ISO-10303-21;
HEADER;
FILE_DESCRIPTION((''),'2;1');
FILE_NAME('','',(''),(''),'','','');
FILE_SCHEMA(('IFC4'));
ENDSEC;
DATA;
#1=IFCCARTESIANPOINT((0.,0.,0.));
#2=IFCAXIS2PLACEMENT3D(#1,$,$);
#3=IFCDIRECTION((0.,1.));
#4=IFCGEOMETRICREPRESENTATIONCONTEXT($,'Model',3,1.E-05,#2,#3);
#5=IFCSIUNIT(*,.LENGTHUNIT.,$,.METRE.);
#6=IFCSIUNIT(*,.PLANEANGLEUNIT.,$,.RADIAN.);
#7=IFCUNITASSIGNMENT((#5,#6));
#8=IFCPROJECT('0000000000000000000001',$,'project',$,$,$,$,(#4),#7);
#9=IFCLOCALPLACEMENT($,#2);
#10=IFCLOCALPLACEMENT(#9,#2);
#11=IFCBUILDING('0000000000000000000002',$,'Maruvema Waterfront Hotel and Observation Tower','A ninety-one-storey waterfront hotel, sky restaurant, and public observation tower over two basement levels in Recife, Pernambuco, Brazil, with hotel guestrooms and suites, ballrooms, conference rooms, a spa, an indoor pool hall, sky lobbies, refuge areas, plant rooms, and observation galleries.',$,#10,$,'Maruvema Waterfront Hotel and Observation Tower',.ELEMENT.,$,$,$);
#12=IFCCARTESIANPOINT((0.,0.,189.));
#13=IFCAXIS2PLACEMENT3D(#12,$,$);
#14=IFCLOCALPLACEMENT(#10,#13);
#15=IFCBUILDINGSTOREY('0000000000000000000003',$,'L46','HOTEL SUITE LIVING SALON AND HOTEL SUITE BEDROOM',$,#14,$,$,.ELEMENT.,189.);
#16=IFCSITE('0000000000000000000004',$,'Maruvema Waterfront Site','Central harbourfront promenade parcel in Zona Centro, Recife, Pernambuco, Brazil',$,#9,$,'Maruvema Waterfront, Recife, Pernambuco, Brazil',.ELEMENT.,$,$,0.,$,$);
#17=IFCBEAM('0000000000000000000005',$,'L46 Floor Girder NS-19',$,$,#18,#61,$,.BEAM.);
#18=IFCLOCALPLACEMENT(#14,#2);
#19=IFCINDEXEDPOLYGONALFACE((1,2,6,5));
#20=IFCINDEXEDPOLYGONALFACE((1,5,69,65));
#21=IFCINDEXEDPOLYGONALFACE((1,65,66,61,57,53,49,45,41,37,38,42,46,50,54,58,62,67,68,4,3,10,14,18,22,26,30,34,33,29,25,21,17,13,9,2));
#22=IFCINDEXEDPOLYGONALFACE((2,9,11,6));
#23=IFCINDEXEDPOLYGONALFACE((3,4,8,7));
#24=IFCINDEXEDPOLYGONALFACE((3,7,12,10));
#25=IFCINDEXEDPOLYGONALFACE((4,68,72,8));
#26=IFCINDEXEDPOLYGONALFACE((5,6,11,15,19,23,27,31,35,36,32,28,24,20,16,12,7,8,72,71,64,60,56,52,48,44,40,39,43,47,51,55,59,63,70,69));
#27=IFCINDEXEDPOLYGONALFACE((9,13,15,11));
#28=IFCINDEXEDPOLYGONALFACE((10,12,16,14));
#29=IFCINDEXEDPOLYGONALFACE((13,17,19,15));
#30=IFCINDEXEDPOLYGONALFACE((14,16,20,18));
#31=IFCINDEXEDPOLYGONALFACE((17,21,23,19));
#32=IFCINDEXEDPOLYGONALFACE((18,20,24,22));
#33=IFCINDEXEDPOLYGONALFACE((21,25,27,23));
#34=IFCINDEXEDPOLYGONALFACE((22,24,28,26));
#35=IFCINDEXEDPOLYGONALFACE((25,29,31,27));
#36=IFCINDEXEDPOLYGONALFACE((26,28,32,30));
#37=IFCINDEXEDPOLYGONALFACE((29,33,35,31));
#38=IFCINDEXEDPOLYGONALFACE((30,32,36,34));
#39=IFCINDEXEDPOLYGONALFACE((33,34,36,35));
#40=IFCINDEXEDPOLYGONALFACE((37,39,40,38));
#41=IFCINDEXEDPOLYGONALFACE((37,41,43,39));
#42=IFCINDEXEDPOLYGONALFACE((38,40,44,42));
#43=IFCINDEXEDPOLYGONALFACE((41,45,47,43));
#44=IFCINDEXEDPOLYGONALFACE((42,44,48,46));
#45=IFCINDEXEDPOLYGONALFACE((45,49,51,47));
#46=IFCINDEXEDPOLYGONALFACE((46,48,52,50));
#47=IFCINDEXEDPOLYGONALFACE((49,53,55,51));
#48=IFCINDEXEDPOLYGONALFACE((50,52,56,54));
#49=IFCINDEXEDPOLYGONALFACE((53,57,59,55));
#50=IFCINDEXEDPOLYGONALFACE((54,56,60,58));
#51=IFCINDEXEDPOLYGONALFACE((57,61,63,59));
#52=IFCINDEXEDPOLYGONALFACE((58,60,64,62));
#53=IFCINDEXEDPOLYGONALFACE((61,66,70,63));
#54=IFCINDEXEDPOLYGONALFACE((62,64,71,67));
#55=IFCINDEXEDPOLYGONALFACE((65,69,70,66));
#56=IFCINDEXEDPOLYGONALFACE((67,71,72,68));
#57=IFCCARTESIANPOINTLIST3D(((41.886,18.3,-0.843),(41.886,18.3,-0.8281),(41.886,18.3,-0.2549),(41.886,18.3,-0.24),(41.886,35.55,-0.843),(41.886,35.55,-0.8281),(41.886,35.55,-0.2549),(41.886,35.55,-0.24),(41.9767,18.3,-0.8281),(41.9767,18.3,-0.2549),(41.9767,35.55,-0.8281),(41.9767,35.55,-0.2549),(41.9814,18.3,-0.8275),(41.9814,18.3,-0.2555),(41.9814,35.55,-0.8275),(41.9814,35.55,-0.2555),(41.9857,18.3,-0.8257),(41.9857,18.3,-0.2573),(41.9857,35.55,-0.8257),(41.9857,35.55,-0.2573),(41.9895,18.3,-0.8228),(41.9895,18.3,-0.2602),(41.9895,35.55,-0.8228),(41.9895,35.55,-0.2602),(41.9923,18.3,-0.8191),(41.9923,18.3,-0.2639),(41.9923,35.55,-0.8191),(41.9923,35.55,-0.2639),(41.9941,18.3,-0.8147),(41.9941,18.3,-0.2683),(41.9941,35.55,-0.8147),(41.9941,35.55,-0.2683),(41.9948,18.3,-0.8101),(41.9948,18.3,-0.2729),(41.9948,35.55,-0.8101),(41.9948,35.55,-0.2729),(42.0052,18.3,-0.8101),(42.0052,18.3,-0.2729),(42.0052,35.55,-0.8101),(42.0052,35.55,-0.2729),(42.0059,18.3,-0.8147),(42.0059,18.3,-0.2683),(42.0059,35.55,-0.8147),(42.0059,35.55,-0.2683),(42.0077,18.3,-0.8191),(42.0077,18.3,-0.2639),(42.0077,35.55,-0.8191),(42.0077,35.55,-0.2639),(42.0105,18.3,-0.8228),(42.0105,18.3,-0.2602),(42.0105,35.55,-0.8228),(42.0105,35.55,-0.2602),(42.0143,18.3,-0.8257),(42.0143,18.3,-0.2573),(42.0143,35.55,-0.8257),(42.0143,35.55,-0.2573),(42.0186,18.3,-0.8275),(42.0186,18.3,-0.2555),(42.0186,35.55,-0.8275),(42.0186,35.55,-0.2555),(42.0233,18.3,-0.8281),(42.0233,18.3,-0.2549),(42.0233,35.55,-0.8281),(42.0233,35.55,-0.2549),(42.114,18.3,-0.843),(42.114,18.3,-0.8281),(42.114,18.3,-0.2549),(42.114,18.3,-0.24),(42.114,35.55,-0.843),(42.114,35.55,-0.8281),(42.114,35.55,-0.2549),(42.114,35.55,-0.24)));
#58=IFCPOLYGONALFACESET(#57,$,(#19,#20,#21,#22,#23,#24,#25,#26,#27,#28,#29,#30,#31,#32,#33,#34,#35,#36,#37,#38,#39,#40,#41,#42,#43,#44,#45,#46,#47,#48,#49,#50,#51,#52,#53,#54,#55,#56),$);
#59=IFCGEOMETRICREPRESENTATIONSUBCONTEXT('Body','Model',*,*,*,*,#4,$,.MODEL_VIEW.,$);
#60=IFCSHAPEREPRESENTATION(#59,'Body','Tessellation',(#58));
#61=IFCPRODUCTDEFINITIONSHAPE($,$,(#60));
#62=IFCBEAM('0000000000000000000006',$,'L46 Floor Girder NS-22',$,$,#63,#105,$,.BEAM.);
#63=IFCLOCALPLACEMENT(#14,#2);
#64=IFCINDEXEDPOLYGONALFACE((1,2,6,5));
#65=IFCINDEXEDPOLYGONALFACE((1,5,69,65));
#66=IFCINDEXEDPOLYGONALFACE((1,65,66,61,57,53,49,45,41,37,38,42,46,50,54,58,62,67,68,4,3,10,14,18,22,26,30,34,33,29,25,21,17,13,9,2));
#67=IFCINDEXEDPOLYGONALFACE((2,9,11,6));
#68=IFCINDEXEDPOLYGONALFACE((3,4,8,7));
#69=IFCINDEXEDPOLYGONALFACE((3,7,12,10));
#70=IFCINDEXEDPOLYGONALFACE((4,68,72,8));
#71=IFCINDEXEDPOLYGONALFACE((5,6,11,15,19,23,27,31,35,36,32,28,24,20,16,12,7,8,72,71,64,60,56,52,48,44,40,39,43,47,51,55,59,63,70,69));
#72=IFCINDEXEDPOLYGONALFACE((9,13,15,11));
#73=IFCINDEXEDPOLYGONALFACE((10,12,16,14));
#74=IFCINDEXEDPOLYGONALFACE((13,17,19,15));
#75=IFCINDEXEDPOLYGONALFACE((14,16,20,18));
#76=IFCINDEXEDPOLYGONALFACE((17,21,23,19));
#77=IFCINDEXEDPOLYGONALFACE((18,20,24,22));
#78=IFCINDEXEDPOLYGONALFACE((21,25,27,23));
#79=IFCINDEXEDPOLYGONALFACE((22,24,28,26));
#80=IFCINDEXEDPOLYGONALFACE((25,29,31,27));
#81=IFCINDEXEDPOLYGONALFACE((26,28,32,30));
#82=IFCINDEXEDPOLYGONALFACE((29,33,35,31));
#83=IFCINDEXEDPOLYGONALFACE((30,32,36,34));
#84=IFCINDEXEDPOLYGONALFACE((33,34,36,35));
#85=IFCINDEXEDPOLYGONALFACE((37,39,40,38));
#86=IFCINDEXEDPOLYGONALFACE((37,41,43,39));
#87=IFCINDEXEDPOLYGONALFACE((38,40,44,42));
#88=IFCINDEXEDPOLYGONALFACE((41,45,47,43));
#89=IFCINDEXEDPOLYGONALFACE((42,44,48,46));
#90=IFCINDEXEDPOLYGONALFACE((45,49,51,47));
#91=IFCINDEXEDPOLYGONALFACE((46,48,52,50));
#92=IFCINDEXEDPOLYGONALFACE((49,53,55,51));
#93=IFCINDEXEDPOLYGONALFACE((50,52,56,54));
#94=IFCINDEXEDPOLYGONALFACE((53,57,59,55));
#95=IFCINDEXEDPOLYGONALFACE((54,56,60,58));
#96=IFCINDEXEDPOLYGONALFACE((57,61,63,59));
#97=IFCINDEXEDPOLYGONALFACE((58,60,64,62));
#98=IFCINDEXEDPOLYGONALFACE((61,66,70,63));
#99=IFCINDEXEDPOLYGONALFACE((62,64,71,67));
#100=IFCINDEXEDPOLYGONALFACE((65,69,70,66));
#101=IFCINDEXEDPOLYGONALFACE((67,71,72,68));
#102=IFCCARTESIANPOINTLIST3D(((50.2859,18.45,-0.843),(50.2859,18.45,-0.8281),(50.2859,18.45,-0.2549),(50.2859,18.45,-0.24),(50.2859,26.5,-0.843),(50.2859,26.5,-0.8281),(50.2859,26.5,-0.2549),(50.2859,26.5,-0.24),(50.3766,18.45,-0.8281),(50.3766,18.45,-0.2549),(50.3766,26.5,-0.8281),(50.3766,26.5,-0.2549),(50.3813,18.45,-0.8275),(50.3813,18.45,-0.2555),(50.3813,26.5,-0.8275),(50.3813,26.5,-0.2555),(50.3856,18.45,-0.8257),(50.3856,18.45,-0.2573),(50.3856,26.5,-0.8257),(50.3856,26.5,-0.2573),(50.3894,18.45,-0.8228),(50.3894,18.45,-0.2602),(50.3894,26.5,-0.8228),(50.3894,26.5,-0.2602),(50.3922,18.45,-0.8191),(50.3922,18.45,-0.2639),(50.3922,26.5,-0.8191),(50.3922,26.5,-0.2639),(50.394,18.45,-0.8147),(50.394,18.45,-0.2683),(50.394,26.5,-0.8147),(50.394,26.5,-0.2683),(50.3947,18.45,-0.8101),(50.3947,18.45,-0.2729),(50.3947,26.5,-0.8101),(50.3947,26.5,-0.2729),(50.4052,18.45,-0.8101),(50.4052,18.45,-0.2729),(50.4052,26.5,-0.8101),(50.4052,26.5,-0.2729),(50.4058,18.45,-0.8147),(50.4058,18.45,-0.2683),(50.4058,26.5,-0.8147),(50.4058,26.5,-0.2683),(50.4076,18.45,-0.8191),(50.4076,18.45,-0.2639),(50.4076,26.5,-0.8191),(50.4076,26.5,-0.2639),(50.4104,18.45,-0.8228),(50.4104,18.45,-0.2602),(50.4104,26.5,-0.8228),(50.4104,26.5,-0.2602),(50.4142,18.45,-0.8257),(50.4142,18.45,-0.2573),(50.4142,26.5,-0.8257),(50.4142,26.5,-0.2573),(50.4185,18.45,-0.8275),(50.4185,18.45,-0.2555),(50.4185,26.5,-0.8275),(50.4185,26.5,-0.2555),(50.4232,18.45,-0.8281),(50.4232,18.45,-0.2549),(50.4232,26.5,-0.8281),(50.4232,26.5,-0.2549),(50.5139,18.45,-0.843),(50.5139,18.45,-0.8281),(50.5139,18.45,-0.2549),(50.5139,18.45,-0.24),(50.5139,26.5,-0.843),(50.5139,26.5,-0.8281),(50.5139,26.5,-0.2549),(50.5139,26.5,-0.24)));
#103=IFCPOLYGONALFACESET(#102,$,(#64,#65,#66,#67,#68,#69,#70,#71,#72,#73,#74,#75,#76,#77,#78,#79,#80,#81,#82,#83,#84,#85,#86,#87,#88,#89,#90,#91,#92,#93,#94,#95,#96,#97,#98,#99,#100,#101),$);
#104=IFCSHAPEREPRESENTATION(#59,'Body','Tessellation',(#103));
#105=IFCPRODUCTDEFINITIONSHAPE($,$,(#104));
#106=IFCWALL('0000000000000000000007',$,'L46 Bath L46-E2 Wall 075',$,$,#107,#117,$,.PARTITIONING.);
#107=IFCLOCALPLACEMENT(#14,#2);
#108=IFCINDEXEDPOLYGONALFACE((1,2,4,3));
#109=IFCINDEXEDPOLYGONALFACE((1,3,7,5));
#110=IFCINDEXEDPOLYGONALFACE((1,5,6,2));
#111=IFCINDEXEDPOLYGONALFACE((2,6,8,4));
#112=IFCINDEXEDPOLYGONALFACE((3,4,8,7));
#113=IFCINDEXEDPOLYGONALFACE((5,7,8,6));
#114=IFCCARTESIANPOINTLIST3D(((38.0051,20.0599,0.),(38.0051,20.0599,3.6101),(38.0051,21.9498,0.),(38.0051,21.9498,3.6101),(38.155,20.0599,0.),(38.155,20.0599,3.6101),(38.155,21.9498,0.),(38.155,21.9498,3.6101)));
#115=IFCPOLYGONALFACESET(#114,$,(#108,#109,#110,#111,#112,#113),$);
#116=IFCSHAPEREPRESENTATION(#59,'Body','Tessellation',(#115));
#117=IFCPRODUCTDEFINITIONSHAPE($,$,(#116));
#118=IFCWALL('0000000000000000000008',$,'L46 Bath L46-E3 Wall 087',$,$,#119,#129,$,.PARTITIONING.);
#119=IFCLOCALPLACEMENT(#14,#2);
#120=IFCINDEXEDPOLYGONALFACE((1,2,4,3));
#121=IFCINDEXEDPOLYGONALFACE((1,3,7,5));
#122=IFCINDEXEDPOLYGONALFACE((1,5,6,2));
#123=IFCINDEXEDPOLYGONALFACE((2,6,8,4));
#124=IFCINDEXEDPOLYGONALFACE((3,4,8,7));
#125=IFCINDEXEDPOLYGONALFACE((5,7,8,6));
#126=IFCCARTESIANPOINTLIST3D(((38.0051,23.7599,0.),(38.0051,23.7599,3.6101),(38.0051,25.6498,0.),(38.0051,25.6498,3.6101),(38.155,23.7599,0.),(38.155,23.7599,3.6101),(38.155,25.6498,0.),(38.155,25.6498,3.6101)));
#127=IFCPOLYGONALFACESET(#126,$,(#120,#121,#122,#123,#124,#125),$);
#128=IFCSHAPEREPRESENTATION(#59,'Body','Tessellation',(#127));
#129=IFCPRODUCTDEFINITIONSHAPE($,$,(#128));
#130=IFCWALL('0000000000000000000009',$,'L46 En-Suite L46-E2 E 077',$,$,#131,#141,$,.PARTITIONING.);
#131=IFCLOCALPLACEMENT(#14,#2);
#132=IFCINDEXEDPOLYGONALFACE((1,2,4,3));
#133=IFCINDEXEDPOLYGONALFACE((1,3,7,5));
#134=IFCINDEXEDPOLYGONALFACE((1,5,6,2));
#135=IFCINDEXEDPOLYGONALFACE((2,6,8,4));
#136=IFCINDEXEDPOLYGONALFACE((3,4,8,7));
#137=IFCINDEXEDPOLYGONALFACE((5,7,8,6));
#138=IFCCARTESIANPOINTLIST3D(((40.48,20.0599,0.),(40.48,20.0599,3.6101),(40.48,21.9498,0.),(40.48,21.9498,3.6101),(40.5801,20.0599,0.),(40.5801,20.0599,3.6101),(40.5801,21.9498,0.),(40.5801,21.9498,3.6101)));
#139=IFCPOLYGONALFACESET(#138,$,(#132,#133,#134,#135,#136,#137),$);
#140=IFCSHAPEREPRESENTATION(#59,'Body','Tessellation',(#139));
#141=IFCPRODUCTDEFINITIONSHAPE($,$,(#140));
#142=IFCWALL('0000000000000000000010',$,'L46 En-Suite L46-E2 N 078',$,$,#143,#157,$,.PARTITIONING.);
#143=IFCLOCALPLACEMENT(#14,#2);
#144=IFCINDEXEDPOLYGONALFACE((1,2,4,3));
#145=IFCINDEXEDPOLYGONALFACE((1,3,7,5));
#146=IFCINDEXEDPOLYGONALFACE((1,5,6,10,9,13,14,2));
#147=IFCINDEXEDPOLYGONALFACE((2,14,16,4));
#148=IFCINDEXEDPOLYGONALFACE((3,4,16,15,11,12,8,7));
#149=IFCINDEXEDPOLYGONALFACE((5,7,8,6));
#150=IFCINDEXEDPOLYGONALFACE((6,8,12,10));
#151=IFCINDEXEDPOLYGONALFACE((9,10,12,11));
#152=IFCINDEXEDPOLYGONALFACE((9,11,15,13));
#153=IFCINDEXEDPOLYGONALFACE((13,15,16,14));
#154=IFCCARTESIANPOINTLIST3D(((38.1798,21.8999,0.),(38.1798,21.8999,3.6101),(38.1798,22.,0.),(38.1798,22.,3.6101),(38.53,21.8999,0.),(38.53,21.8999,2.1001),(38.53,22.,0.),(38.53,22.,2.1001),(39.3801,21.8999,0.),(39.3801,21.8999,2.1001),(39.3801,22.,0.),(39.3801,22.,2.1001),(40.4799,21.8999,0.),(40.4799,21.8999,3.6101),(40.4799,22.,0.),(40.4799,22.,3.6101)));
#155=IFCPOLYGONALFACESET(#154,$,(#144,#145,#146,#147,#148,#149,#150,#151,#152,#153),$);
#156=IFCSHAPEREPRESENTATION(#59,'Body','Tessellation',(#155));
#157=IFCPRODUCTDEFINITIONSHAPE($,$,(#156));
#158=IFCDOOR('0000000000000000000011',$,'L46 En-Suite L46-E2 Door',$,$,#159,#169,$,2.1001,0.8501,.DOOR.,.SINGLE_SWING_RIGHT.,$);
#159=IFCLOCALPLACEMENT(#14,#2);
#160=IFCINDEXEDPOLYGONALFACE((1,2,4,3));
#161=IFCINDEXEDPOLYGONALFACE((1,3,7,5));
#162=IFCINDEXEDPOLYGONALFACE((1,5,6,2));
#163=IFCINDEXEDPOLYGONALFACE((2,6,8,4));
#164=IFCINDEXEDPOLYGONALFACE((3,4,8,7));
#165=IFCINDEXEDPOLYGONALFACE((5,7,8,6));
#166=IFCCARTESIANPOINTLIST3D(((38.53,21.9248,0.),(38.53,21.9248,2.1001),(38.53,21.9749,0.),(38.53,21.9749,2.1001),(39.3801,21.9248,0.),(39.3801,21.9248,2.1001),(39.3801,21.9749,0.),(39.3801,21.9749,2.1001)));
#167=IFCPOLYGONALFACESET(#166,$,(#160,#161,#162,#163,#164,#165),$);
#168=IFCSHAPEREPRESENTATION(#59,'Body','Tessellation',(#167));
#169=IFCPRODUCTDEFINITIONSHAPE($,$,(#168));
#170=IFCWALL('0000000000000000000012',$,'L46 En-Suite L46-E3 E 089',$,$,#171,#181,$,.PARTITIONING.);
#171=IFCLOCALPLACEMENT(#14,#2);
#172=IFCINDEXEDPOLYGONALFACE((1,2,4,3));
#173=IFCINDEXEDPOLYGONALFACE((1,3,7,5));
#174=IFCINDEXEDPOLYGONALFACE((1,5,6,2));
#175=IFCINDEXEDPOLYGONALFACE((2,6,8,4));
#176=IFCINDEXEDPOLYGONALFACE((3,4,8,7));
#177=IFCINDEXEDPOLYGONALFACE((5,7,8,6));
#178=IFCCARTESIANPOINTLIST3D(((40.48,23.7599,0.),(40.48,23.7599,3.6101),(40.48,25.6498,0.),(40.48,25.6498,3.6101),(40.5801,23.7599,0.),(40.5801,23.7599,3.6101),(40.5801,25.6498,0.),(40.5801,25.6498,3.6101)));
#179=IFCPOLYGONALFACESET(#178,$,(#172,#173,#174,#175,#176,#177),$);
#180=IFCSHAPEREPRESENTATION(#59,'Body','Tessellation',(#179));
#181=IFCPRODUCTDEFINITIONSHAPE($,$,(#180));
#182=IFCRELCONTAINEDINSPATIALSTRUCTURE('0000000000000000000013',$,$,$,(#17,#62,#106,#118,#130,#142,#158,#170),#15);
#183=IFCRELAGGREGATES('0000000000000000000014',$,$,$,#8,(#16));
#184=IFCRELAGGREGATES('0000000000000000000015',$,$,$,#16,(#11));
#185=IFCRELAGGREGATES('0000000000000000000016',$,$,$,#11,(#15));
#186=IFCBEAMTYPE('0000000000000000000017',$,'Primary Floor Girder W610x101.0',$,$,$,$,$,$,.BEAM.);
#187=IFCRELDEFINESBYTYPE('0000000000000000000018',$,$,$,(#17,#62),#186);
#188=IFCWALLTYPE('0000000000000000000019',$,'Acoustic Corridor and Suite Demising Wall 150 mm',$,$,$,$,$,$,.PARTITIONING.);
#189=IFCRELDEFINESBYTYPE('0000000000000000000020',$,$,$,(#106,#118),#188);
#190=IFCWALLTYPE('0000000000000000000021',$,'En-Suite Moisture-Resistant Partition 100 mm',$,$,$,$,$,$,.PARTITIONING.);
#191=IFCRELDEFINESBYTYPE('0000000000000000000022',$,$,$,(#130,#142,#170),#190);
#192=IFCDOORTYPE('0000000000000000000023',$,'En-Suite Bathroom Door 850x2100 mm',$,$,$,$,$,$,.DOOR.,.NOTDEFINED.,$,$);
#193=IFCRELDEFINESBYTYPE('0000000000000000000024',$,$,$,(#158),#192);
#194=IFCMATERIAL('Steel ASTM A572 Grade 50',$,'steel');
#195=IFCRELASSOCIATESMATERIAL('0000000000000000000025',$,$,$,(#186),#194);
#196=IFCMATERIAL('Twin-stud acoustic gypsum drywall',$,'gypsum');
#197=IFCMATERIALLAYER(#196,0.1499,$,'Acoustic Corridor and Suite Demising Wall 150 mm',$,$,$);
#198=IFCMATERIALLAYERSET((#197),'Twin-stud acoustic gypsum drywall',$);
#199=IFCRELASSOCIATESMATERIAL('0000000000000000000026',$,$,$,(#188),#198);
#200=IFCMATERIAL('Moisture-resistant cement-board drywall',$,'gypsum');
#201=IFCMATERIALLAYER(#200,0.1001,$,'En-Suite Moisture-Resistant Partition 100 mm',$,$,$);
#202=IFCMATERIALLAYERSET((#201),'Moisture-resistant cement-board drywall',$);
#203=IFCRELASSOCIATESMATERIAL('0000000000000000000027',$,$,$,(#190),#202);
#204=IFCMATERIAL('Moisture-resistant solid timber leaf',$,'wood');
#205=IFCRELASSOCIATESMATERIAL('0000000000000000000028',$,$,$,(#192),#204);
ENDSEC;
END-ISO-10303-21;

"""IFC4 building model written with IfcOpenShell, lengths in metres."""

from ifc_helpers import new_model, si_unit, direction, frame, frame_2d, origin, origin_2d, place, context, subcontext, project, spatial, rectangle, i_section, extrude, material, layer, layer_set, material_profile, profile_set, type_object, element, fill, save


model = new_model("IFC4")

# Units and contexts
model_context = context("Model", 3, precision=1e-05, world=origin(), true_north=direction((0.0, 1.0)))
body_context = subcontext(model_context, "Body", "Model", "MODEL_VIEW")
ifc_project = project(units=[si_unit("LENGTHUNIT", "METRE"), si_unit("PLANEANGLEUNIT", "RADIAN")], contexts=[model_context])

# Site, building, storey
site_placement = place(None, origin())
site = spatial("IfcSite", under=ifc_project, at=site_placement, Name="Maruvema Waterfront Site", Description="Central harbourfront promenade parcel in Zona Centro, Recife, Pernambuco, Brazil", LongName="Maruvema Waterfront, Recife, Pernambuco, Brazil", CompositionType="ELEMENT", RefElevation=0.0)
building_placement = place(site_placement, origin())
building = spatial("IfcBuilding", under=site, at=building_placement, Name="Maruvema Waterfront Hotel and Observation Tower", Description="A ninety-one-storey waterfront hotel, sky restaurant, and public observation tower over two basement levels in Recife, Pernambuco, Brazil, with hotel guestrooms and suites, ballrooms, conference rooms, a spa, an indoor pool hall, sky lobbies, refuge areas, plant rooms, and observation galleries.", LongName="Maruvema Waterfront Hotel and Observation Tower", CompositionType="ELEMENT")
storey_placement = place(building_placement, frame((0.0, 0.0, 189.0)))
storey = spatial("IfcBuildingStorey", under=building, at=storey_placement, Name="L46", Description="HOTEL SUITE LIVING SALON AND HOTEL SUITE BEDROOM", CompositionType="ELEMENT", Elevation=189.0)

# Beams
ifc_material_1 = material(Name="Steel ASTM A572 Grade 50", Category="steel")
ifc_material_profile = material_profile(ifc_material_1, i_section(OverallWidth=0.228, OverallDepth=0.603, WebThickness=0.0105, FlangeThickness=0.0149, FilletRadius=0.0181, at=origin_2d()), Name="W610x101.0")
ifc_profile_set = profile_set([ifc_material_profile], Name="Steel ASTM A572 Grade 50")
beam_type = type_object("IfcBeamType", Name="Primary Floor Girder W610x101.0", PredefinedType="BEAM", material=ifc_profile_set)
beam_1_placement = place(storey_placement, frame((42.0, 18.3, -0.5415), z_axis=(0.0, 1.0, 0.0), x_axis=(-1.0, 0.0, 0.0)))
element("IfcBeam", 1, at=beam_1_placement, inside=storey, type_object=beam_type, Name="L46 Floor Girder NS-19", PredefinedType="BEAM", context=body_context, shape_type="SweptSolid", body=[
    extrude(i_section(OverallWidth=0.228, OverallDepth=0.603, WebThickness=0.0105, FlangeThickness=0.0149, FilletRadius=0.0181, at=origin_2d()), origin(), (0.0, 0.0, 1.0), 17.25),
])
beam_2_placement = place(storey_placement, frame((50.3999, 18.45, -0.5415), z_axis=(0.0, 1.0, 0.0), x_axis=(-1.0, 0.0, 0.0)))
element("IfcBeam", 2, at=beam_2_placement, inside=storey, type_object=beam_type, Name="L46 Floor Girder NS-22", PredefinedType="BEAM", context=body_context, shape_type="SweptSolid", body=[
    extrude(i_section(OverallWidth=0.228, OverallDepth=0.603, WebThickness=0.0105, FlangeThickness=0.0149, FilletRadius=0.0181, at=origin_2d()), origin(), (0.0, 0.0, 1.0), 8.05),
])

# Wall
ifc_material_2 = material(Name="Twin-stud acoustic gypsum drywall", Category="gypsum")
ifc_layer_1 = layer(ifc_material_2, 0.1499, Name="Acoustic Corridor and Suite Demising Wall 150 mm")
ifc_layer_set_1 = layer_set([ifc_layer_1], Name="Twin-stud acoustic gypsum drywall")
wall_type_1 = type_object("IfcWallType", Name="Acoustic Corridor and Suite Demising Wall 150 mm", PredefinedType="PARTITIONING", material=ifc_layer_set_1)
wall_1_placement = place(storey_placement, frame((38.0801, 20.0601, 0.0), z_axis=(0.0, 0.0, 1.0), x_axis=(0.0, 1.0, 0.0)))
element("IfcWall", 3, at=wall_1_placement, inside=storey, type_object=wall_type_1, Name="L46 Bath L46-E2 Wall 075", PredefinedType="PARTITIONING", context=body_context, shape_type="SweptSolid", body=[
    extrude(rectangle(XDim=1.8899, YDim=0.1499, at=frame_2d((0.9448, 0.0))), origin(), (0.0, 0.0, 1.0), 3.6101),
])

# Wall
wall_2_placement = place(storey_placement, frame((38.0801, 23.76, 0.0), z_axis=(0.0, 0.0, 1.0), x_axis=(0.0, 1.0, 0.0)))
element("IfcWall", 4, at=wall_2_placement, inside=storey, type_object=wall_type_1, Name="L46 Bath L46-E3 Wall 087", PredefinedType="PARTITIONING", context=body_context, shape_type="SweptSolid", body=[
    extrude(rectangle(XDim=1.8899, YDim=0.1499, at=frame_2d((0.9448, 0.0))), origin(), (0.0, 0.0, 1.0), 3.6101),
])

# Wall
ifc_material_3 = material(Name="Moisture-resistant cement-board drywall", Category="gypsum")
ifc_layer_2 = layer(ifc_material_3, 0.1001, Name="En-Suite Moisture-Resistant Partition 100 mm")
ifc_layer_set_2 = layer_set([ifc_layer_2], Name="Moisture-resistant cement-board drywall")
wall_type_2 = type_object("IfcWallType", Name="En-Suite Moisture-Resistant Partition 100 mm", PredefinedType="PARTITIONING", material=ifc_layer_set_2)
wall_3_placement = place(storey_placement, frame((40.53, 20.0601, 0.0), z_axis=(0.0, 0.0, 1.0), x_axis=(0.0, 1.0, 0.0)))
element("IfcWall", 5, at=wall_3_placement, inside=storey, type_object=wall_type_2, Name="L46 En-Suite L46-E2 E 077", PredefinedType="PARTITIONING", context=body_context, shape_type="SweptSolid", body=[
    extrude(rectangle(XDim=1.8899, YDim=0.1001, at=frame_2d((0.9448, 0.0))), origin(), (0.0, 0.0, 1.0), 3.6101),
])

# Wall, opening, door
wall_4_placement = place(storey_placement, frame((38.1799, 21.95, 0.0), z_axis=(0.0, 0.0, 1.0), x_axis=(1.0, 0.0, 0.0)))
wall_4 = element("IfcWall", 6, at=wall_4_placement, inside=storey, type_object=wall_type_2, Name="L46 En-Suite L46-E2 N 078", PredefinedType="PARTITIONING", context=body_context, shape_type="SweptSolid", body=[
    extrude(rectangle(XDim=2.3, YDim=0.1001, at=frame_2d((1.1499, 0.0))), origin(), (0.0, 0.0, 1.0), 3.6101),
])
opening_1_placement = place(wall_4_placement, frame((0.3501, 0.0, 0.0)))
opening_1 = element("IfcOpeningElement", 7, at=opening_1_placement, cuts=wall_4, PredefinedType="OPENING", context=body_context, shape_type="SweptSolid", body=[
    extrude(rectangle(XDim=0.8501, YDim=2.1001, at=frame_2d((0.425, 1.05))), frame((0.0, 0.0601, 0.0), z_axis=(0.0, -1.0, 0.0), x_axis=(1.0, 0.0, 0.0)), (0.0, 0.0, 1.0), 0.1201),
])
ifc_material_4 = material(Name="Moisture-resistant solid timber leaf", Category="wood")
door_type_1 = type_object("IfcDoorType", Name="En-Suite Bathroom Door 850x2100 mm", OperationType="NOTDEFINED", PredefinedType="DOOR", material=ifc_material_4)
door_1_placement = place(opening_1_placement, origin())
door_1 = element("IfcDoor", 8, at=door_1_placement, inside=storey, type_object=door_type_1, Name="L46 En-Suite L46-E2 Door", OperationType="SINGLE_SWING_RIGHT", OverallHeight=2.1001, OverallWidth=0.8501, PredefinedType="DOOR", context=body_context, shape_type="SweptSolid", body=[
    extrude(rectangle(XDim=0.8501, YDim=2.1001, at=frame_2d((0.425, 1.05))), frame((0.0, 0.0249, 0.0), z_axis=(0.0, -1.0, 0.0), x_axis=(1.0, 0.0, 0.0)), (0.0, 0.0, 1.0), 0.05),
])
fill(opening_1, door_1)

# Wall
wall_5_placement = place(storey_placement, frame((40.53, 23.76, 0.0), z_axis=(0.0, 0.0, 1.0), x_axis=(0.0, 1.0, 0.0)))
element("IfcWall", 9, at=wall_5_placement, inside=storey, type_object=wall_type_2, Name="L46 En-Suite L46-E3 E 089", PredefinedType="PARTITIONING", context=body_context, shape_type="SweptSolid", body=[
    extrude(rectangle(XDim=1.8899, YDim=0.1001, at=frame_2d((0.9448, 0.0))), origin(), (0.0, 0.0, 1.0), 3.6101),
])

save(model, "model.ifc")
